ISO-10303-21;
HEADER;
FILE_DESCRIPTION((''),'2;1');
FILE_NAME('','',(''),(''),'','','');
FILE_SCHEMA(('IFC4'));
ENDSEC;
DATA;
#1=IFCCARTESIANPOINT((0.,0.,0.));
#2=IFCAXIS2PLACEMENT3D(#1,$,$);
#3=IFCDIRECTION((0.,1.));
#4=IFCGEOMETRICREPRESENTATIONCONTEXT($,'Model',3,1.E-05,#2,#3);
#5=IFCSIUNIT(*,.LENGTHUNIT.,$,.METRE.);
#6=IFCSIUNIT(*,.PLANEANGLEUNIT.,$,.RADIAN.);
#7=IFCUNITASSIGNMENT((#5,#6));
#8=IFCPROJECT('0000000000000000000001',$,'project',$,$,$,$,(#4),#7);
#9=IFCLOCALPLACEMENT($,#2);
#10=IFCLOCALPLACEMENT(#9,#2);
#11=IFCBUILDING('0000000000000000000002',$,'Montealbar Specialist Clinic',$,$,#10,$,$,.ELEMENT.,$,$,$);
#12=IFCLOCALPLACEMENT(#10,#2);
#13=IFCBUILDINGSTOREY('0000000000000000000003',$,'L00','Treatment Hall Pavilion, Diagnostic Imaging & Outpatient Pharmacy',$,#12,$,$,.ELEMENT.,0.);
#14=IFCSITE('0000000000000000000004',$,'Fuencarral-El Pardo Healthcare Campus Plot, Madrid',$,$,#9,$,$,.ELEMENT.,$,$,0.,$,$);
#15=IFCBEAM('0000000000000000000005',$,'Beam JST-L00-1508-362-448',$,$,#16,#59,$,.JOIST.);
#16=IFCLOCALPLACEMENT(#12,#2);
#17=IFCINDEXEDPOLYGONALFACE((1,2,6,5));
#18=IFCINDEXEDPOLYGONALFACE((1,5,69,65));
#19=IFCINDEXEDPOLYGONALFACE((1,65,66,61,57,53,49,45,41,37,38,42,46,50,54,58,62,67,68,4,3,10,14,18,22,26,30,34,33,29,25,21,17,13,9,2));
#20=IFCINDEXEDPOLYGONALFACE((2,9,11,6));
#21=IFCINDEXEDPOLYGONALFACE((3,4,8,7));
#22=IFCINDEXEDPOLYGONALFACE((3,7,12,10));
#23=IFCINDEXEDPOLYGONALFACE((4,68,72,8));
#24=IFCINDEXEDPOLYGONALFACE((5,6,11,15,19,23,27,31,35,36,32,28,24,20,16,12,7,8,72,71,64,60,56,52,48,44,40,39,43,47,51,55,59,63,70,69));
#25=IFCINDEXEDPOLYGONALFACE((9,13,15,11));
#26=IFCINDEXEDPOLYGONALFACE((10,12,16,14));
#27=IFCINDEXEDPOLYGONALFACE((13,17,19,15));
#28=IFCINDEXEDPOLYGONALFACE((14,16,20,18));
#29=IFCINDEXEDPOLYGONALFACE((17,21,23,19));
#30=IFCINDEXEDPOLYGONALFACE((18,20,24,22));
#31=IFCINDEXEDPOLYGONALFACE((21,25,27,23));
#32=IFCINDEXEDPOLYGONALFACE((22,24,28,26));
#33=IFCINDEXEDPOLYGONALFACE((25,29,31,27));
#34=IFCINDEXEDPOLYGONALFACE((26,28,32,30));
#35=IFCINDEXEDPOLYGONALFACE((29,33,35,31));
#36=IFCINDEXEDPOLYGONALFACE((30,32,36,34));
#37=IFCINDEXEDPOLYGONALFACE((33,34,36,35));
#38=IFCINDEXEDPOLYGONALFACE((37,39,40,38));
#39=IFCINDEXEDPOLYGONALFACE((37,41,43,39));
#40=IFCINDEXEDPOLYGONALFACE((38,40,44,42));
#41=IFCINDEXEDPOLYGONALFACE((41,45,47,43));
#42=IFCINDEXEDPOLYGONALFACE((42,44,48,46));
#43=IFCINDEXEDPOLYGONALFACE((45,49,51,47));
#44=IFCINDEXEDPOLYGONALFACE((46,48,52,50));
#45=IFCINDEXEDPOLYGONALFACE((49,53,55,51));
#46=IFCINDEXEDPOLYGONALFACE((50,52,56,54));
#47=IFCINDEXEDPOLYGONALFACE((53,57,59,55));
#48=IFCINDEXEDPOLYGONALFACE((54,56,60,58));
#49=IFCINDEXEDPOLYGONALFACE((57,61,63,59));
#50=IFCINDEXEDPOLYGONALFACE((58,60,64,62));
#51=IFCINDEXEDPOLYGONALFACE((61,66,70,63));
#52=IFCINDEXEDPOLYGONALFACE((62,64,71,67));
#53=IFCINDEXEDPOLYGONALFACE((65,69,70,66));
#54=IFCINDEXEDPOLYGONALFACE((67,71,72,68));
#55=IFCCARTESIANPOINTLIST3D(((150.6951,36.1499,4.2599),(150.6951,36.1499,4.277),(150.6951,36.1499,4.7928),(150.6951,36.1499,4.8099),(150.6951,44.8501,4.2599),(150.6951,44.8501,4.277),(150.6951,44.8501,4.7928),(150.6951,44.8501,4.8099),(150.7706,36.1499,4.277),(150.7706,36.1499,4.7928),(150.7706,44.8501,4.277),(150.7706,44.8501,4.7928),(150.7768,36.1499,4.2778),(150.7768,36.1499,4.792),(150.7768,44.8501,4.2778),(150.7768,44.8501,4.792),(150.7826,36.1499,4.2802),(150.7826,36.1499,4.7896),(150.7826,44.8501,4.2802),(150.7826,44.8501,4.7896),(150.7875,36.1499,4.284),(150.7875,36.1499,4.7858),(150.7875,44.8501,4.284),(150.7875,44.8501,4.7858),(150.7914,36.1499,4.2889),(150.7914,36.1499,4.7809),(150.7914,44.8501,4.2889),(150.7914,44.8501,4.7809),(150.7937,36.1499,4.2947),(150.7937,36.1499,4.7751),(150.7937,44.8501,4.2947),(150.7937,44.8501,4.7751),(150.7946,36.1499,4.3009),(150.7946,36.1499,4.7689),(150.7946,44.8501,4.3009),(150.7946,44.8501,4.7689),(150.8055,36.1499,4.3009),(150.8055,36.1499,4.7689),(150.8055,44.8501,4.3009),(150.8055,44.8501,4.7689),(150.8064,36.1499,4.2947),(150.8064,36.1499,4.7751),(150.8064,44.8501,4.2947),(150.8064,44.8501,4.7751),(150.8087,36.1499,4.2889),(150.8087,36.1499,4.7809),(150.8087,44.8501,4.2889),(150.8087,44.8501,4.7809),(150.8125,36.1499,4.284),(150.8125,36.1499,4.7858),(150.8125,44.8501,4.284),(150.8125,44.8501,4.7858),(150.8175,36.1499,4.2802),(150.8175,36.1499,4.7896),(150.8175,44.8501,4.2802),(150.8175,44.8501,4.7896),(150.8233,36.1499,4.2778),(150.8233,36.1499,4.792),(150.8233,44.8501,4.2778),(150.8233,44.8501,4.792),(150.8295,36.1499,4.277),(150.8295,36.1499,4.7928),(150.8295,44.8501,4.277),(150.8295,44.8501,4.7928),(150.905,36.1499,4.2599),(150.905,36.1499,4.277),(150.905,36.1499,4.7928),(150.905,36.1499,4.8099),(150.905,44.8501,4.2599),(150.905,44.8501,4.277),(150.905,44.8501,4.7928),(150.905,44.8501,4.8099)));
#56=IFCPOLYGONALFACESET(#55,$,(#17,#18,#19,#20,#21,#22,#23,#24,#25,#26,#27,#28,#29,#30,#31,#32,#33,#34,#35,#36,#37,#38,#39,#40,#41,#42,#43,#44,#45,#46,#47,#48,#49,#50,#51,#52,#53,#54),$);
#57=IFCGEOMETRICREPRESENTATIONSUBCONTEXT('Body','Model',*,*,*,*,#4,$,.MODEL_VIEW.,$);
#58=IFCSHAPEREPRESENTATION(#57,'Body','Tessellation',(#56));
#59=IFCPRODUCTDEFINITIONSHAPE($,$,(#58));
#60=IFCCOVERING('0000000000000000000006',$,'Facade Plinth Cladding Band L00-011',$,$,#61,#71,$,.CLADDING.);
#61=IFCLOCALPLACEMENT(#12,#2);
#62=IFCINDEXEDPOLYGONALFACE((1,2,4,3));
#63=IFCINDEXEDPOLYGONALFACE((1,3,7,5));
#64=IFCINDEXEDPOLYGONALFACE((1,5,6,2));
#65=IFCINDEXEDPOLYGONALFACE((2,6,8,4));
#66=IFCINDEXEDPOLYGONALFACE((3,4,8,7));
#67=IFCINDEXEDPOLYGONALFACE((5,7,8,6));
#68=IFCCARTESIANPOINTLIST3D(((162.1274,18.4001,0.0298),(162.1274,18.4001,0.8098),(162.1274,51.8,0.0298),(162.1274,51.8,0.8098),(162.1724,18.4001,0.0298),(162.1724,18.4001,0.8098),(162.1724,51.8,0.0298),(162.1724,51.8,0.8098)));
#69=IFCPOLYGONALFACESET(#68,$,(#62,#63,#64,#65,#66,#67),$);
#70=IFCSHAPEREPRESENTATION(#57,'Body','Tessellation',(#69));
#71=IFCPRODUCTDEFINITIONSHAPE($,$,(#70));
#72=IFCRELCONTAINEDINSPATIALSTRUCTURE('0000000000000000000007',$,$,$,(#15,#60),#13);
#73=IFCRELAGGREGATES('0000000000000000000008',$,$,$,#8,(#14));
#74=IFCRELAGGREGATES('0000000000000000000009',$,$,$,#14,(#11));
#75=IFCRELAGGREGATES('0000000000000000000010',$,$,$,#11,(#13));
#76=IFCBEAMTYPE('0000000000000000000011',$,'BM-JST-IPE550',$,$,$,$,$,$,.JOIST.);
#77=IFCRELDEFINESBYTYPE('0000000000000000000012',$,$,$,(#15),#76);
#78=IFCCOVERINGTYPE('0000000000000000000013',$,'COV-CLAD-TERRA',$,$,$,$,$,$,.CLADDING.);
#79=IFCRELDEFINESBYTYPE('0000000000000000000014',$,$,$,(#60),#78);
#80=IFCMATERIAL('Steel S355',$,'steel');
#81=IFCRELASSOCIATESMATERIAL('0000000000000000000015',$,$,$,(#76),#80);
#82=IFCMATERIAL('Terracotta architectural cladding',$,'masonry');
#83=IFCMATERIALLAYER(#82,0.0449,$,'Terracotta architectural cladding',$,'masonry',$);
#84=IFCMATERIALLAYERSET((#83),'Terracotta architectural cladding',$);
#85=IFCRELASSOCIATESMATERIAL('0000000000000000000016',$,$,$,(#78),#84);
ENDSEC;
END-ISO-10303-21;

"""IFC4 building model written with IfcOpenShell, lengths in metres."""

from ifc_helpers import new_model, si_unit, direction, frame, origin, origin_2d, place, context, subcontext, project, spatial, rectangle, i_section, extrude, material, layer, layer_set, material_profile, profile_set, type_object, element, save


model = new_model("IFC4")

# Units and contexts
model_context = context("Model", 3, precision=1e-05, world=origin(), true_north=direction((0.0, 1.0)))
body_context = subcontext(model_context, "Body", "Model", "MODEL_VIEW")
ifc_project = project(units=[si_unit("LENGTHUNIT", "METRE"), si_unit("PLANEANGLEUNIT", "RADIAN")], contexts=[model_context])

# Site, building, storey
site_placement = place(None, origin())
site = spatial("IfcSite", under=ifc_project, at=site_placement, Name="Fuencarral-El Pardo Healthcare Campus Plot, Madrid", CompositionType="ELEMENT", RefElevation=0.0)
building_placement = place(site_placement, origin())
building = spatial("IfcBuilding", under=site, at=building_placement, Name="Montealbar Specialist Clinic", CompositionType="ELEMENT")
storey_placement = place(building_placement, origin())
storey = spatial("IfcBuildingStorey", under=building, at=storey_placement, Name="L00", Description="Treatment Hall Pavilion, Diagnostic Imaging & Outpatient Pharmacy", CompositionType="ELEMENT", Elevation=0.0)

# Shared definitions
ifc_material_1 = material(Name="Steel S355", Category="steel")

# Beam
ifc_material_profile_1 = material_profile(ifc_material_1, i_section(OverallWidth=0.21, OverallDepth=0.55, WebThickness=0.011, FlangeThickness=0.0171, FilletRadius=0.0239, at=origin_2d()), Name="IPE 550", Category="steel")
ifc_profile_set_1 = profile_set([ifc_material_profile_1], Name="Steel S355")
beam_type_1 = type_object("IfcBeamType", Name="BM-JST-IPE550", PredefinedType="JOIST", material=ifc_profile_set_1)
beam_1_placement = place(storey_placement, frame((150.8, 36.1499, 4.5349), z_axis=(0.0, 1.0, 0.0), x_axis=(-1.0, 0.0, 0.0)))
element("IfcBeam", 1, at=beam_1_placement, inside=storey, type_object=beam_type_1, Name="Beam JST-L00-1508-362-448", PredefinedType="JOIST", context=body_context, shape_type="SweptSolid", body=[
    extrude(i_section(OverallWidth=0.21, OverallDepth=0.55, WebThickness=0.011, FlangeThickness=0.0171, FilletRadius=0.0239, at=origin_2d()), origin(), (0.0, 0.0, 1.0), 8.7002),
])

# Covering
ifc_material_2 = material(Name="Terracotta architectural cladding", Category="masonry")
ifc_layer_1 = layer(ifc_material_2, 0.0449, Name="Terracotta architectural cladding", Category="masonry")
ifc_layer_set_1 = layer_set([ifc_layer_1], Name="Terracotta architectural cladding")
covering_type = type_object("IfcCoveringType", Name="COV-CLAD-TERRA", PredefinedType="CLADDING", material=ifc_layer_set_1)
covering_placement = place(storey_placement, frame((162.1499, 35.1001, 0.0298), z_axis=(0.0, 0.0, 1.0), x_axis=(0.0, -1.0, 0.0)))
element("IfcCovering", 2, at=covering_placement, inside=storey, type_object=covering_type, Name="Facade Plinth Cladding Band L00-011", PredefinedType="CLADDING", context=body_context, shape_type="SweptSolid", body=[
    extrude(rectangle(XDim=33.3999, YDim=0.0449, at=origin_2d()), origin(), (0.0, 0.0, 1.0), 0.78),
])

save(model, "model.ifc")
